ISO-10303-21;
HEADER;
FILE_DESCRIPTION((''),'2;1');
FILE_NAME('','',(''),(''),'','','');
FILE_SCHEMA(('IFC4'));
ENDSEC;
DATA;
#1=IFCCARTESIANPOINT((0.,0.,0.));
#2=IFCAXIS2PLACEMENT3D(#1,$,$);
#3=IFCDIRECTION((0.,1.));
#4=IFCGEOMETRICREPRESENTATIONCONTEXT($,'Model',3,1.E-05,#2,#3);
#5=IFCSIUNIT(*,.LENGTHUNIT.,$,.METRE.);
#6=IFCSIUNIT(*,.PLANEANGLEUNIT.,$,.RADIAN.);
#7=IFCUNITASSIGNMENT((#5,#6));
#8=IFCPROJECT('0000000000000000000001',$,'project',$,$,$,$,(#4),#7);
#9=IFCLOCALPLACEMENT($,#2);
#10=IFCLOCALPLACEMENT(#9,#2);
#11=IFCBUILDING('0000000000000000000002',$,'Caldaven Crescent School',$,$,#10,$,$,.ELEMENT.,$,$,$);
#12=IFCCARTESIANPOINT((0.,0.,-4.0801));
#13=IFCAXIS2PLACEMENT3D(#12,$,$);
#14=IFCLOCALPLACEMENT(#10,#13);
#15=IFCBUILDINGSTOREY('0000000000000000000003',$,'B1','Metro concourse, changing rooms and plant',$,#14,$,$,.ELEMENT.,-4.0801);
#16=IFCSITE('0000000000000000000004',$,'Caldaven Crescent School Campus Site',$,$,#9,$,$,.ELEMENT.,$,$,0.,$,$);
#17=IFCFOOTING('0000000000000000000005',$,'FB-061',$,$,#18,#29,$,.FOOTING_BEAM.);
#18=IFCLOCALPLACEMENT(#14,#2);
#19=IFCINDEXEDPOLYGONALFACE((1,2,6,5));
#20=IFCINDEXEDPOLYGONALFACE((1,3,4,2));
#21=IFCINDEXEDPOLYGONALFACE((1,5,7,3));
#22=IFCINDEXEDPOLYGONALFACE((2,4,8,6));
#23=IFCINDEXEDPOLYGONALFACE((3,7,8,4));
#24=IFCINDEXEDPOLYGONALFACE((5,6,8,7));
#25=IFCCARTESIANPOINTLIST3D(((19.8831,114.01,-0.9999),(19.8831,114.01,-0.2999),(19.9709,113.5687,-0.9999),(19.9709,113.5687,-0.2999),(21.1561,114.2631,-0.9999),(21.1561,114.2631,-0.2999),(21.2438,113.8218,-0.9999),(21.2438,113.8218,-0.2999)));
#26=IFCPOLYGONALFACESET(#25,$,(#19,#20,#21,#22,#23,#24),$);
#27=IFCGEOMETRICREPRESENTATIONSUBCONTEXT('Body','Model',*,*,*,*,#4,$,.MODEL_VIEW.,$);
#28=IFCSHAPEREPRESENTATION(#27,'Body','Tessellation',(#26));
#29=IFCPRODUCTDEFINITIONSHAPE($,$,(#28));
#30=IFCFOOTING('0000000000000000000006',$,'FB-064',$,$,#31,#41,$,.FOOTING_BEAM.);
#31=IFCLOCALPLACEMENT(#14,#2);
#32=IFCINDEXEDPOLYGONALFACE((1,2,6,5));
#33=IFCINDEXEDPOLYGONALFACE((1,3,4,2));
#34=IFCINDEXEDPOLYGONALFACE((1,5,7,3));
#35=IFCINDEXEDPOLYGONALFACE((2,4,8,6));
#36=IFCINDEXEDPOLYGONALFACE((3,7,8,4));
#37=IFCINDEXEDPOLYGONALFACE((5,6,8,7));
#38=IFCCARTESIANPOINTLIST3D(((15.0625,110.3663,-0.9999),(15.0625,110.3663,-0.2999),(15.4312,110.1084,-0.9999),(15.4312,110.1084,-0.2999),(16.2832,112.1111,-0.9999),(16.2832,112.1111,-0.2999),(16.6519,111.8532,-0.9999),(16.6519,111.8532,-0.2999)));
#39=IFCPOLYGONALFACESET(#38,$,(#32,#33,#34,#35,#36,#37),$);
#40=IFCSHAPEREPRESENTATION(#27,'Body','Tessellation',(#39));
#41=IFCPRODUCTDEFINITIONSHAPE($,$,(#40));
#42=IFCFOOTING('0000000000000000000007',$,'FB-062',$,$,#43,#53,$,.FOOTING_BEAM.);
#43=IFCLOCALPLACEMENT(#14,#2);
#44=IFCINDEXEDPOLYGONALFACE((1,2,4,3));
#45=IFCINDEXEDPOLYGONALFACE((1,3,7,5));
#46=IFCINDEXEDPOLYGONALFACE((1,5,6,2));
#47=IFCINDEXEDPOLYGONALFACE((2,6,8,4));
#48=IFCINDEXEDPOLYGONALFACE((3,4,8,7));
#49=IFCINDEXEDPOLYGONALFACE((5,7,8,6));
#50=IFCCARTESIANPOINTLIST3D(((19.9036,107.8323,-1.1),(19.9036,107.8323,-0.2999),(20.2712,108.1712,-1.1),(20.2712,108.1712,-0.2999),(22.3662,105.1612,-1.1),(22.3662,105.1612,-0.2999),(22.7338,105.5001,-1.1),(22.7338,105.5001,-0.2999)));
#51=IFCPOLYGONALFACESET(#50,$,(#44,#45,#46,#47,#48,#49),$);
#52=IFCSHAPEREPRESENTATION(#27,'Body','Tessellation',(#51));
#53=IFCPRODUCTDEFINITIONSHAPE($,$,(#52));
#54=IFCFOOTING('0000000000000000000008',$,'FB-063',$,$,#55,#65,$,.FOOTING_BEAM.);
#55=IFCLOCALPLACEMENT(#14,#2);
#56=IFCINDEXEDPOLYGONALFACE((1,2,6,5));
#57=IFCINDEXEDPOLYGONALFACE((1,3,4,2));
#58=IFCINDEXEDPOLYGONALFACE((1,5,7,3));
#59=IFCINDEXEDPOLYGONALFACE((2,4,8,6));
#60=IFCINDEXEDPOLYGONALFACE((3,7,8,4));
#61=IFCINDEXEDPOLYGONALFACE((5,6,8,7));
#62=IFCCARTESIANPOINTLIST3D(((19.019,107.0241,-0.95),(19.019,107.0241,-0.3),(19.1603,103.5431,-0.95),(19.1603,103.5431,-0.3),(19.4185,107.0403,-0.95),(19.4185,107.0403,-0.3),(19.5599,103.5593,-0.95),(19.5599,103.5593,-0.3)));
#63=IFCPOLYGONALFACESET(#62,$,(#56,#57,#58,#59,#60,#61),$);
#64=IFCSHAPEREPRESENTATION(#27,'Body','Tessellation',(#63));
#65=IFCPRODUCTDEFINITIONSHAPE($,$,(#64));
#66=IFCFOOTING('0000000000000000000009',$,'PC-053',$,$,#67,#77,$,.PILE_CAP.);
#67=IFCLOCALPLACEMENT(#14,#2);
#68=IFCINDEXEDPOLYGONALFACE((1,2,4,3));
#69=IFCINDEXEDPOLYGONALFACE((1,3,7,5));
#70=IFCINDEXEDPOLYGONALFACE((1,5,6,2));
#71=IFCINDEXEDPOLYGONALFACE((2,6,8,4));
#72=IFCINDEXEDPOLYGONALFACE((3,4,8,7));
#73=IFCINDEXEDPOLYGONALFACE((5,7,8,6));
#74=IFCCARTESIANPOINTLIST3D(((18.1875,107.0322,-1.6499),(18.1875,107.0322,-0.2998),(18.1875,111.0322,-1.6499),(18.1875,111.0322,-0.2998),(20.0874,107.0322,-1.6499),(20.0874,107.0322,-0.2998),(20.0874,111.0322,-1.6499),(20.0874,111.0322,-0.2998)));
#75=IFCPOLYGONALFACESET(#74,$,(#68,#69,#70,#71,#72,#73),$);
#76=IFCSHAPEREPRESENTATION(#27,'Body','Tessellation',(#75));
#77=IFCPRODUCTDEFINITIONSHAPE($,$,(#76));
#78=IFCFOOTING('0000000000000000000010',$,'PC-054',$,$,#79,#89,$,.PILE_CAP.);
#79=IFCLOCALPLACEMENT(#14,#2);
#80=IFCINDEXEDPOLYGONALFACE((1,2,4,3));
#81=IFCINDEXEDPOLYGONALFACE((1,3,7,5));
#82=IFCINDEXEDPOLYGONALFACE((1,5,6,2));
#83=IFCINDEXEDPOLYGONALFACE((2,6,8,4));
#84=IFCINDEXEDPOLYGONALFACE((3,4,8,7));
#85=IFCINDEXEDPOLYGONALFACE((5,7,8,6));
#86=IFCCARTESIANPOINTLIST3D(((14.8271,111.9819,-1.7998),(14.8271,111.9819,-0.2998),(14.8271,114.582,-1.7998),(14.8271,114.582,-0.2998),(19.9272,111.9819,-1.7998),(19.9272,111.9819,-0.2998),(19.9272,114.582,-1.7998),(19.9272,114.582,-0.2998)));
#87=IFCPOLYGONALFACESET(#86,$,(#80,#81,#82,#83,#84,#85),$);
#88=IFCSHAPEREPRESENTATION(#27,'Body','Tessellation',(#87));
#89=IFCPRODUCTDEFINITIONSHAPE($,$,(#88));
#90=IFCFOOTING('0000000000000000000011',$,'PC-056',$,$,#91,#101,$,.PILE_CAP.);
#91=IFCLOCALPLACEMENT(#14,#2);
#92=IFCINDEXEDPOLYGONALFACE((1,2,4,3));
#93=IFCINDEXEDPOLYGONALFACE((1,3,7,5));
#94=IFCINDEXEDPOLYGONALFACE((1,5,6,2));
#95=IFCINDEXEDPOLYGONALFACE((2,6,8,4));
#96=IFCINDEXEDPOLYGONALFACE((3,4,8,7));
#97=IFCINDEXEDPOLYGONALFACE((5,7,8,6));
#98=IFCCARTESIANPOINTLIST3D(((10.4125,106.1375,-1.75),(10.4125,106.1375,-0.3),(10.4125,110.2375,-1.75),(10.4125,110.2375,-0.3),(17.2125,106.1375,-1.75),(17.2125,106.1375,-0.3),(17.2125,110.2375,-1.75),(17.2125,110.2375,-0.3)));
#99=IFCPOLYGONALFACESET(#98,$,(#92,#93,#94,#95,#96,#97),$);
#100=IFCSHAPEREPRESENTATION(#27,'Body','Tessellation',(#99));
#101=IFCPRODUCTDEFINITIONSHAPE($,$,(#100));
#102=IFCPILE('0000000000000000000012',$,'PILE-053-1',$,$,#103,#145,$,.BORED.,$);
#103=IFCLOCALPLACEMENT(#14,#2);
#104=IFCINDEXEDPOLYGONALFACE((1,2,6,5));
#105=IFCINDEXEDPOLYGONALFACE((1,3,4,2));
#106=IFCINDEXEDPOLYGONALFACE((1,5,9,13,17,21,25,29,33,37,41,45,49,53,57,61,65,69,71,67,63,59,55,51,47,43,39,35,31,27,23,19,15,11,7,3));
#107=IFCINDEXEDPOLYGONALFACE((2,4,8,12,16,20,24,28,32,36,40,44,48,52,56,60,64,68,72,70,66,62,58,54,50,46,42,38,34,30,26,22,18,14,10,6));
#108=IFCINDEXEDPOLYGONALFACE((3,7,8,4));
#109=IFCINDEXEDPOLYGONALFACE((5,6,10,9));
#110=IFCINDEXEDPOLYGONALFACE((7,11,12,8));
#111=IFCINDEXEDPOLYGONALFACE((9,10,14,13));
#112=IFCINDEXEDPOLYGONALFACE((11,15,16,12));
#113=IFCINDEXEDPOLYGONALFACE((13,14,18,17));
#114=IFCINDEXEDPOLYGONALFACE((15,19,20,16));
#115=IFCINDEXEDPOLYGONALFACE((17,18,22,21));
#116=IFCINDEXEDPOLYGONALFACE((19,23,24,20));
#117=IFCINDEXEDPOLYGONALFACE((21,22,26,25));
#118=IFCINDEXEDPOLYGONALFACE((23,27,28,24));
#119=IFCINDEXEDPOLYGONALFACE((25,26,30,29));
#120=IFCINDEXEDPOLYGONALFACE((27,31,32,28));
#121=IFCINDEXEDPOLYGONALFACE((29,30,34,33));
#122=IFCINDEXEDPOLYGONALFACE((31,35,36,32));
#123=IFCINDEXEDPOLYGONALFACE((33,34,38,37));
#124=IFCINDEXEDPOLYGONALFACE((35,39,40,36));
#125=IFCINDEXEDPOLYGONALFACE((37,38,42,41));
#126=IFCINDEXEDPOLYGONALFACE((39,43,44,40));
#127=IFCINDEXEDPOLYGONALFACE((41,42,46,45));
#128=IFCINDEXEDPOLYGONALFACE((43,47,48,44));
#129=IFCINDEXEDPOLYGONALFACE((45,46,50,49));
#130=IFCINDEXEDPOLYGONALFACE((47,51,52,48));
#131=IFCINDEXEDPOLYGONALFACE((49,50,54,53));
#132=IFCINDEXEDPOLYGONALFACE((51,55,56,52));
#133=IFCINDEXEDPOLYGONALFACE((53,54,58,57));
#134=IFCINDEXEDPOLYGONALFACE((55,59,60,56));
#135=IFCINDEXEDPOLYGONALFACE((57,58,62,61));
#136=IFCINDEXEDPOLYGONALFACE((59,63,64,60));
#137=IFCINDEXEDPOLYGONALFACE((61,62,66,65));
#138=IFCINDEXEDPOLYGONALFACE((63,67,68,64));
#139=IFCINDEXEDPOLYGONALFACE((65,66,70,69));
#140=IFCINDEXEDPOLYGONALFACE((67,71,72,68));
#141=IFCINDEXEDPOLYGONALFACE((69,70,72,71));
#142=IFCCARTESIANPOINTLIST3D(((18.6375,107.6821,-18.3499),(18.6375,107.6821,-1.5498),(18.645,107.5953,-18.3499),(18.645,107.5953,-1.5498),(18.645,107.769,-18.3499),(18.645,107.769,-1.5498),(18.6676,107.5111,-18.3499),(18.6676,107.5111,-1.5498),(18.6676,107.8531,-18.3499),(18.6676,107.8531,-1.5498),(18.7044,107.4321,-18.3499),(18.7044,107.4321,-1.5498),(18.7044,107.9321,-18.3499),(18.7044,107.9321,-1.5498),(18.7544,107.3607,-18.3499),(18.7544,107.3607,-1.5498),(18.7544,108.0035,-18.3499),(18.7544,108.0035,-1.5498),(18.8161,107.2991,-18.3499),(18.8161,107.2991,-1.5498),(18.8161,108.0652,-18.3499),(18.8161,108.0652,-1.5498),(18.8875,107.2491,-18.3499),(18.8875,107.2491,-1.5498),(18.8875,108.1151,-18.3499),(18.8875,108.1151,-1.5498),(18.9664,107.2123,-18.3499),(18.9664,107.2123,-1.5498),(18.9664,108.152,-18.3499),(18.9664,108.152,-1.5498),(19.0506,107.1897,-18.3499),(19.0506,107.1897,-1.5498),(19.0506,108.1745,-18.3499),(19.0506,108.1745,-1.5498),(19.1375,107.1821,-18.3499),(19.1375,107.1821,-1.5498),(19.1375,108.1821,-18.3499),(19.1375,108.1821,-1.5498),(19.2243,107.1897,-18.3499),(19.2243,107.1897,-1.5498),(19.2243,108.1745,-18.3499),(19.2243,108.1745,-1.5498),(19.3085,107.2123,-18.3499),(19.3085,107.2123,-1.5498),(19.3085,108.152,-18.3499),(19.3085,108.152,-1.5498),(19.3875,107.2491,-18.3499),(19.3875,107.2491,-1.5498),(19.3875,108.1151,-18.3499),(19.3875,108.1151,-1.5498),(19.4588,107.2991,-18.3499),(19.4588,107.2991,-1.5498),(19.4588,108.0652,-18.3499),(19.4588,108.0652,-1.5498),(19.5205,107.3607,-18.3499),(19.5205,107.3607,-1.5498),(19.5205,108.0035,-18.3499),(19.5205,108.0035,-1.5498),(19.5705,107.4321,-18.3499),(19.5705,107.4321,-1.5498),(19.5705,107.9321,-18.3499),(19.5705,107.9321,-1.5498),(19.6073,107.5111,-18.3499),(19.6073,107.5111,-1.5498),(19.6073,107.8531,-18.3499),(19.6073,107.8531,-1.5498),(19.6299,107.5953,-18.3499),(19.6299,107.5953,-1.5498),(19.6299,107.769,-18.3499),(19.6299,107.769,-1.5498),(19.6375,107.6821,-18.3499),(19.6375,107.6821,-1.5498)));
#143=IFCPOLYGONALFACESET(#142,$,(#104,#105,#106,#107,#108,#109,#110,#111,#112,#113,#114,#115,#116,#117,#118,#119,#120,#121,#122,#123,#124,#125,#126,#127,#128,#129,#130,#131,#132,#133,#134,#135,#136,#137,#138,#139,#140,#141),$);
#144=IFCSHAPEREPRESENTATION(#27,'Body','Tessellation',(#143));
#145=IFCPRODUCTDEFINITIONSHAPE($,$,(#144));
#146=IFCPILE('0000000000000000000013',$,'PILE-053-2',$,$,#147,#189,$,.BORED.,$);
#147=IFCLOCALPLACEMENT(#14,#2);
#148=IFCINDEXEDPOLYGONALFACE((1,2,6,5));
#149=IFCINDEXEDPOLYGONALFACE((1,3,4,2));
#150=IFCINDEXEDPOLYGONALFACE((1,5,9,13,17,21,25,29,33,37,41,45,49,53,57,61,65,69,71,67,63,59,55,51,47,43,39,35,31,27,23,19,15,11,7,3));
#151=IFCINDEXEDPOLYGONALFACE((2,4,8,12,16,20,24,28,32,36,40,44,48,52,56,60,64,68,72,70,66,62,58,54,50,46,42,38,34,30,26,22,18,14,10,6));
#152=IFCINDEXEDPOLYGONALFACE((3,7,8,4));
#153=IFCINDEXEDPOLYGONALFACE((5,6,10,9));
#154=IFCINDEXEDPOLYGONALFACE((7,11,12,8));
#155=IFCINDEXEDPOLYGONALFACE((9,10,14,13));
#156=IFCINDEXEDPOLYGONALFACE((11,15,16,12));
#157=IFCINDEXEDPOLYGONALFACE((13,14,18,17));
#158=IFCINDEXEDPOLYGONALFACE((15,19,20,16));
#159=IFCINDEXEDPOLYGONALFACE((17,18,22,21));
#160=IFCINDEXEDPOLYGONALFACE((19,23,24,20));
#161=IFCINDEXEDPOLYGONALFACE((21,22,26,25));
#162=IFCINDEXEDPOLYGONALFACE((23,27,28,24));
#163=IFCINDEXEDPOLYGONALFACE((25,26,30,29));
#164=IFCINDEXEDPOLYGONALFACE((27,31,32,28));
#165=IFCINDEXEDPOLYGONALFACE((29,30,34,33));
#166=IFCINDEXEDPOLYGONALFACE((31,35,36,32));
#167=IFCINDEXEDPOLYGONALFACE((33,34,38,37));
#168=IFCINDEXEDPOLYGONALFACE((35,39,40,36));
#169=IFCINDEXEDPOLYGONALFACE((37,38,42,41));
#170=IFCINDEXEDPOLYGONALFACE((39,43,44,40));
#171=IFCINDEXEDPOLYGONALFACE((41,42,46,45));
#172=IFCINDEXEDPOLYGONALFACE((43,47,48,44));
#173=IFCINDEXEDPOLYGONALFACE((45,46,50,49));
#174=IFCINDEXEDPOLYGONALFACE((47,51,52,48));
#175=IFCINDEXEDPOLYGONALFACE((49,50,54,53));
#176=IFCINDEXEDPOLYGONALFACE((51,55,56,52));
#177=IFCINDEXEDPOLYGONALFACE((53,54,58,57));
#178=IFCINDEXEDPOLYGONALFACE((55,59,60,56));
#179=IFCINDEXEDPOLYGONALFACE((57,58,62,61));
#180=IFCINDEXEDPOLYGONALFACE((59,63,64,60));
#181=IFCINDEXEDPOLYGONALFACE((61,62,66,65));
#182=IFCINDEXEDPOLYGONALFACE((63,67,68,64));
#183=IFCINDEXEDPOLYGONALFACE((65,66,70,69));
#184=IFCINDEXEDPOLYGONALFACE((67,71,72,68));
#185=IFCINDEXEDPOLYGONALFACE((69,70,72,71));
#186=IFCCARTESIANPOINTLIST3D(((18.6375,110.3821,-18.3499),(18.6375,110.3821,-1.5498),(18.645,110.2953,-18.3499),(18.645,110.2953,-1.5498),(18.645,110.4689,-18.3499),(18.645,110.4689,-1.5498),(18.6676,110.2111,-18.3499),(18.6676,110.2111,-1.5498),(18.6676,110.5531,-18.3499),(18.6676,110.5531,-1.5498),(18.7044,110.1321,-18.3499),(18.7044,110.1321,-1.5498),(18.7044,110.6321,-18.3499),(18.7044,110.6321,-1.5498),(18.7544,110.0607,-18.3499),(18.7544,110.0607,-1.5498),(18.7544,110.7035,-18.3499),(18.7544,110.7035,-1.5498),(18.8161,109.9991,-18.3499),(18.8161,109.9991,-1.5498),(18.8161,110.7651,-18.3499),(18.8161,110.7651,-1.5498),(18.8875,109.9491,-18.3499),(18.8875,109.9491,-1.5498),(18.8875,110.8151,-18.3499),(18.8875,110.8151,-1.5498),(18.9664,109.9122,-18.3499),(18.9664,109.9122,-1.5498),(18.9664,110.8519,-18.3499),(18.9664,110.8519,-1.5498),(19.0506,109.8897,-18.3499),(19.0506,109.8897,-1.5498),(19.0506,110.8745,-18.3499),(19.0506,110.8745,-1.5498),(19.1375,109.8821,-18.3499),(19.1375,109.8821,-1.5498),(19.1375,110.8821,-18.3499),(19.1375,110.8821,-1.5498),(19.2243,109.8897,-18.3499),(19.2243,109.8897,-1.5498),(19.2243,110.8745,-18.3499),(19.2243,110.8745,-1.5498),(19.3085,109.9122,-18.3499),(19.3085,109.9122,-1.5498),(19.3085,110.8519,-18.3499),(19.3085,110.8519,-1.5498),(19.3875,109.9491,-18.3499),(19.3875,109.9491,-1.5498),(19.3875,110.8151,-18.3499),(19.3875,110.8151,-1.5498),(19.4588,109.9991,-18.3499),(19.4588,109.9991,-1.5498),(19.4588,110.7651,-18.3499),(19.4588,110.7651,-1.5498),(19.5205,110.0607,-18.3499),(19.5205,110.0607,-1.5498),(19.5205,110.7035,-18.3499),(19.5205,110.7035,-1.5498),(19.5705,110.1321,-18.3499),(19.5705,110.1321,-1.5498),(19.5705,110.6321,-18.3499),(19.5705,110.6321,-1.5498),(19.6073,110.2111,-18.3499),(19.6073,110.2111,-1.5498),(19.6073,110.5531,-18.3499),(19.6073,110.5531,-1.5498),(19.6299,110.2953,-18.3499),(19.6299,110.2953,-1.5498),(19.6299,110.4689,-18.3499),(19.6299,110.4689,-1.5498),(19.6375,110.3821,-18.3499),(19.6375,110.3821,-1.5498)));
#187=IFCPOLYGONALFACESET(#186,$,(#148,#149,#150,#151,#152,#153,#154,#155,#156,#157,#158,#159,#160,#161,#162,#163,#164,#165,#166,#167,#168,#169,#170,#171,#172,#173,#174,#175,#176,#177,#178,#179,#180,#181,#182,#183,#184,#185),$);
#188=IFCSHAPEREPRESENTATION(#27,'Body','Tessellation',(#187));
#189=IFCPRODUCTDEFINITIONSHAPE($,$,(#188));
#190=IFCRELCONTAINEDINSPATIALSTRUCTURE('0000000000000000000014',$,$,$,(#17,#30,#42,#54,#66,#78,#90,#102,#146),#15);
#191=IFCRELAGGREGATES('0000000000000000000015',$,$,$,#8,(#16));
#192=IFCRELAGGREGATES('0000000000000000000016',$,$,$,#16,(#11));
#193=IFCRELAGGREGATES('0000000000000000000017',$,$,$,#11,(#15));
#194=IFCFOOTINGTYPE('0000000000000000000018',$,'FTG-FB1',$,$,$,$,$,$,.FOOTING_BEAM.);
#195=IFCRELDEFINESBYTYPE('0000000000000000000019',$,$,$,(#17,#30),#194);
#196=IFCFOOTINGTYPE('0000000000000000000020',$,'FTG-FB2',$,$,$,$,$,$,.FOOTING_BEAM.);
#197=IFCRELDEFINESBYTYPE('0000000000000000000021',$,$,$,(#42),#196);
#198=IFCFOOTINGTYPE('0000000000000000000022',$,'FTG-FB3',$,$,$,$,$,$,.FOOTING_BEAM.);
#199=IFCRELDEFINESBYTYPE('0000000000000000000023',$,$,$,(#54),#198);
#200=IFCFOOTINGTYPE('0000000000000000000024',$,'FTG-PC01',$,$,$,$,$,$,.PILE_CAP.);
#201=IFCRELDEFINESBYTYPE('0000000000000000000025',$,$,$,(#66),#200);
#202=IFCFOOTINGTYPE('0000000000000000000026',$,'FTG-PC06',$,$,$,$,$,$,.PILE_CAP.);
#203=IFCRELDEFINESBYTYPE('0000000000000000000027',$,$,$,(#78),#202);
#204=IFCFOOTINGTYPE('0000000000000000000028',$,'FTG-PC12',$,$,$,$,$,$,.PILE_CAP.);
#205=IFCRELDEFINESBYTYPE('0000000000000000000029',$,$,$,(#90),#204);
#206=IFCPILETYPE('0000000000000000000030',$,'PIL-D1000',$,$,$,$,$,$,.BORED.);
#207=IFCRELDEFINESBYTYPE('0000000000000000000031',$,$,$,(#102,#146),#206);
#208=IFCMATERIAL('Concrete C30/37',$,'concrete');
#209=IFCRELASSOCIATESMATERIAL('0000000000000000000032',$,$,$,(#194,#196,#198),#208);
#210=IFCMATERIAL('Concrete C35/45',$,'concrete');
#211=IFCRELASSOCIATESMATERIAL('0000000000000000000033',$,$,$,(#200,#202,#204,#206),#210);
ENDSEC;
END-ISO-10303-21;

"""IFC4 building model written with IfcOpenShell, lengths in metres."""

from ifc_helpers import new_model, si_unit, direction, frame, origin, origin_2d, place, context, subcontext, project, spatial, rectangle, circle, extrude, material, material_profile, profile_set, type_object, element, save


model = new_model("IFC4")

# Units and contexts
model_context = context("Model", 3, precision=1e-05, world=origin(), true_north=direction((0.0, 1.0)))
body_context = subcontext(model_context, "Body", "Model", "MODEL_VIEW")
ifc_project = project(units=[si_unit("LENGTHUNIT", "METRE"), si_unit("PLANEANGLEUNIT", "RADIAN")], contexts=[model_context])

# Site, building, storey
site_placement = place(None, origin())
site = spatial("IfcSite", under=ifc_project, at=site_placement, Name="Caldaven Crescent School Campus Site", CompositionType="ELEMENT", RefElevation=0.0)
building_placement = place(site_placement, origin())
building = spatial("IfcBuilding", under=site, at=building_placement, Name="Caldaven Crescent School", CompositionType="ELEMENT")
storey_placement = place(building_placement, frame((0.0, 0.0, -4.0801)))
storey = spatial("IfcBuildingStorey", under=building, at=storey_placement, Name="B1", Description="Metro concourse, changing rooms and plant", CompositionType="ELEMENT", Elevation=-4.0801)

# Footings
ifc_material_1 = material(Name="Concrete C30/37", Category="concrete")
ifc_material_profile_1 = material_profile(ifc_material_1, rectangle(XDim=0.45, YDim=0.7, at=origin_2d()), Name="FB 450x700")
ifc_profile_set_1 = profile_set([ifc_material_profile_1], Name="Concrete C30/37")
footing_type_1 = type_object("IfcFootingType", Name="FTG-FB1", PredefinedType="FOOTING_BEAM", material=ifc_profile_set_1)
footing_1_placement = place(storey_placement, frame((21.2, 114.0425, -0.6499), z_axis=(-0.98079, -0.195067, 0.0), x_axis=(0.195067, -0.98079, 0.0)))
element("IfcFooting", 1, at=footing_1_placement, inside=storey, type_object=footing_type_1, Name="FB-061", PredefinedType="FOOTING_BEAM", context=body_context, shape_type="SweptSolid", body=[
    extrude(rectangle(XDim=0.45, YDim=0.7, at=origin_2d()), origin(), (0.0, 0.0, 1.0), 1.2979),
])
footing_2_placement = place(storey_placement, frame((16.4675, 111.9822, -0.6499), z_axis=(-0.573239, -0.819388, 0.0), x_axis=(0.819388, -0.573239, 0.0)))
element("IfcFooting", 2, at=footing_2_placement, inside=storey, type_object=footing_type_1, Name="FB-064", PredefinedType="FOOTING_BEAM", context=body_context, shape_type="SweptSolid", body=[
    extrude(rectangle(XDim=0.45, YDim=0.7, at=origin_2d()), origin(), (0.0, 0.0, 1.0), 2.1294),
])
ifc_material_profile_2 = material_profile(ifc_material_1, rectangle(XDim=0.5, YDim=0.8, at=origin_2d()), Name="FB 500x800")
ifc_profile_set_2 = profile_set([ifc_material_profile_2], Name="Concrete C30/37")
footing_type_2 = type_object("IfcFootingType", Name="FTG-FB2", PredefinedType="FOOTING_BEAM", material=ifc_profile_set_2)
footing_3_placement = place(storey_placement, frame((20.0874, 108.0017, -0.7), z_axis=(0.677831, -0.735218, 0.0), x_axis=(0.735218, 0.677831, 0.0)))
element("IfcFooting", 3, at=footing_3_placement, inside=storey, type_object=footing_type_2, Name="FB-062", PredefinedType="FOOTING_BEAM", context=body_context, shape_type="SweptSolid", body=[
    extrude(rectangle(XDim=0.5, YDim=0.8, at=origin_2d()), origin(), (0.0, 0.0, 1.0), 3.6331),
])
ifc_material_profile_3 = material_profile(ifc_material_1, rectangle(XDim=0.3999, YDim=0.6499, at=origin_2d()), Name="FB 400x650")
ifc_profile_set_3 = profile_set([ifc_material_profile_3], Name="Concrete C30/37")
footing_type_3 = type_object("IfcFootingType", Name="FTG-FB3", PredefinedType="FOOTING_BEAM", material=ifc_profile_set_3)
footing_4_placement = place(storey_placement, frame((19.2188, 107.0322, -0.625), z_axis=(0.040575, -0.999176, 0.0), x_axis=(0.999176, 0.040575, 0.0)))
element("IfcFooting", 4, at=footing_4_placement, inside=storey, type_object=footing_type_3, Name="FB-063", PredefinedType="FOOTING_BEAM", context=body_context, shape_type="SweptSolid", body=[
    extrude(rectangle(XDim=0.3999, YDim=0.6499, at=origin_2d()), origin(), (0.0, 0.0, 1.0), 3.4839),
])
ifc_material_2 = material(Name="Concrete C35/45", Category="concrete")
footing_type_4 = type_object("IfcFootingType", Name="FTG-PC01", PredefinedType="PILE_CAP", material=ifc_material_2)
footing_5_placement = place(storey_placement, frame((19.1375, 109.0322, -1.6499), z_axis=(0.0, 0.0, 1.0), x_axis=(0.0, 1.0, 0.0)))
element("IfcFooting", 5, at=footing_5_placement, inside=storey, type_object=footing_type_4, Name="PC-053", PredefinedType="PILE_CAP", context=body_context, shape_type="SweptSolid", body=[
    extrude(rectangle(XDim=4.0, YDim=1.8999, at=origin_2d()), origin(), (0.0, 0.0, 1.0), 1.3501),
])
footing_type_5 = type_object("IfcFootingType", Name="FTG-PC06", PredefinedType="PILE_CAP", material=ifc_material_2)
footing_6_placement = place(storey_placement, frame((17.3772, 113.282, -1.7998), z_axis=(0.0, 0.0, 1.0), x_axis=(1.0, 0.0, 0.0)))
element("IfcFooting", 6, at=footing_6_placement, inside=storey, type_object=footing_type_5, Name="PC-054", PredefinedType="PILE_CAP", context=body_context, shape_type="SweptSolid", body=[
    extrude(rectangle(XDim=5.1001, YDim=2.6001, at=origin_2d()), origin(), (0.0, 0.0, 1.0), 1.5),
])
footing_type_6 = type_object("IfcFootingType", Name="FTG-PC12", PredefinedType="PILE_CAP", material=ifc_material_2)
footing_7_placement = place(storey_placement, frame((13.8125, 108.1875, -1.75), z_axis=(0.0, 0.0, 1.0), x_axis=(1.0, 0.0, 0.0)))
element("IfcFooting", 7, at=footing_7_placement, inside=storey, type_object=footing_type_6, Name="PC-056", PredefinedType="PILE_CAP", context=body_context, shape_type="SweptSolid", body=[
    extrude(rectangle(XDim=6.8, YDim=4.1001, at=origin_2d()), origin(), (0.0, 0.0, 1.0), 1.45),
])

# Piles
ifc_material_profile_4 = material_profile(ifc_material_2, circle(Radius=0.5, at=origin_2d()), Name="PILE D1000")
ifc_profile_set_4 = profile_set([ifc_material_profile_4], Name="Concrete C35/45")
pile_type_1 = type_object("IfcPileType", Name="PIL-D1000", PredefinedType="BORED", material=ifc_profile_set_4)
for number, where, z_axis, x_axis, name in (
    (8, (19.1375, 107.6821, -1.5498), (0.0, 0.0, -1.0), (1.0, 0.0, 0.0), "PILE-053-1"),
    (9, (19.1375, 110.3821, -1.5498), (0.0, 0.0, -1.0), (1.0, 0.0, 0.0), "PILE-053-2"),
):
    element("IfcPile", number, at=place(storey_placement, frame(where, z_axis=z_axis, x_axis=x_axis)), inside=storey, type_object=pile_type_1, Name=name, PredefinedType="BORED", context=body_context, shape_type="SweptSolid", body=[
        extrude(circle(Radius=0.5, at=origin_2d()), origin(), (0.0, 0.0, 1.0), 16.8),
    ])

save(model, "model.ifc")
